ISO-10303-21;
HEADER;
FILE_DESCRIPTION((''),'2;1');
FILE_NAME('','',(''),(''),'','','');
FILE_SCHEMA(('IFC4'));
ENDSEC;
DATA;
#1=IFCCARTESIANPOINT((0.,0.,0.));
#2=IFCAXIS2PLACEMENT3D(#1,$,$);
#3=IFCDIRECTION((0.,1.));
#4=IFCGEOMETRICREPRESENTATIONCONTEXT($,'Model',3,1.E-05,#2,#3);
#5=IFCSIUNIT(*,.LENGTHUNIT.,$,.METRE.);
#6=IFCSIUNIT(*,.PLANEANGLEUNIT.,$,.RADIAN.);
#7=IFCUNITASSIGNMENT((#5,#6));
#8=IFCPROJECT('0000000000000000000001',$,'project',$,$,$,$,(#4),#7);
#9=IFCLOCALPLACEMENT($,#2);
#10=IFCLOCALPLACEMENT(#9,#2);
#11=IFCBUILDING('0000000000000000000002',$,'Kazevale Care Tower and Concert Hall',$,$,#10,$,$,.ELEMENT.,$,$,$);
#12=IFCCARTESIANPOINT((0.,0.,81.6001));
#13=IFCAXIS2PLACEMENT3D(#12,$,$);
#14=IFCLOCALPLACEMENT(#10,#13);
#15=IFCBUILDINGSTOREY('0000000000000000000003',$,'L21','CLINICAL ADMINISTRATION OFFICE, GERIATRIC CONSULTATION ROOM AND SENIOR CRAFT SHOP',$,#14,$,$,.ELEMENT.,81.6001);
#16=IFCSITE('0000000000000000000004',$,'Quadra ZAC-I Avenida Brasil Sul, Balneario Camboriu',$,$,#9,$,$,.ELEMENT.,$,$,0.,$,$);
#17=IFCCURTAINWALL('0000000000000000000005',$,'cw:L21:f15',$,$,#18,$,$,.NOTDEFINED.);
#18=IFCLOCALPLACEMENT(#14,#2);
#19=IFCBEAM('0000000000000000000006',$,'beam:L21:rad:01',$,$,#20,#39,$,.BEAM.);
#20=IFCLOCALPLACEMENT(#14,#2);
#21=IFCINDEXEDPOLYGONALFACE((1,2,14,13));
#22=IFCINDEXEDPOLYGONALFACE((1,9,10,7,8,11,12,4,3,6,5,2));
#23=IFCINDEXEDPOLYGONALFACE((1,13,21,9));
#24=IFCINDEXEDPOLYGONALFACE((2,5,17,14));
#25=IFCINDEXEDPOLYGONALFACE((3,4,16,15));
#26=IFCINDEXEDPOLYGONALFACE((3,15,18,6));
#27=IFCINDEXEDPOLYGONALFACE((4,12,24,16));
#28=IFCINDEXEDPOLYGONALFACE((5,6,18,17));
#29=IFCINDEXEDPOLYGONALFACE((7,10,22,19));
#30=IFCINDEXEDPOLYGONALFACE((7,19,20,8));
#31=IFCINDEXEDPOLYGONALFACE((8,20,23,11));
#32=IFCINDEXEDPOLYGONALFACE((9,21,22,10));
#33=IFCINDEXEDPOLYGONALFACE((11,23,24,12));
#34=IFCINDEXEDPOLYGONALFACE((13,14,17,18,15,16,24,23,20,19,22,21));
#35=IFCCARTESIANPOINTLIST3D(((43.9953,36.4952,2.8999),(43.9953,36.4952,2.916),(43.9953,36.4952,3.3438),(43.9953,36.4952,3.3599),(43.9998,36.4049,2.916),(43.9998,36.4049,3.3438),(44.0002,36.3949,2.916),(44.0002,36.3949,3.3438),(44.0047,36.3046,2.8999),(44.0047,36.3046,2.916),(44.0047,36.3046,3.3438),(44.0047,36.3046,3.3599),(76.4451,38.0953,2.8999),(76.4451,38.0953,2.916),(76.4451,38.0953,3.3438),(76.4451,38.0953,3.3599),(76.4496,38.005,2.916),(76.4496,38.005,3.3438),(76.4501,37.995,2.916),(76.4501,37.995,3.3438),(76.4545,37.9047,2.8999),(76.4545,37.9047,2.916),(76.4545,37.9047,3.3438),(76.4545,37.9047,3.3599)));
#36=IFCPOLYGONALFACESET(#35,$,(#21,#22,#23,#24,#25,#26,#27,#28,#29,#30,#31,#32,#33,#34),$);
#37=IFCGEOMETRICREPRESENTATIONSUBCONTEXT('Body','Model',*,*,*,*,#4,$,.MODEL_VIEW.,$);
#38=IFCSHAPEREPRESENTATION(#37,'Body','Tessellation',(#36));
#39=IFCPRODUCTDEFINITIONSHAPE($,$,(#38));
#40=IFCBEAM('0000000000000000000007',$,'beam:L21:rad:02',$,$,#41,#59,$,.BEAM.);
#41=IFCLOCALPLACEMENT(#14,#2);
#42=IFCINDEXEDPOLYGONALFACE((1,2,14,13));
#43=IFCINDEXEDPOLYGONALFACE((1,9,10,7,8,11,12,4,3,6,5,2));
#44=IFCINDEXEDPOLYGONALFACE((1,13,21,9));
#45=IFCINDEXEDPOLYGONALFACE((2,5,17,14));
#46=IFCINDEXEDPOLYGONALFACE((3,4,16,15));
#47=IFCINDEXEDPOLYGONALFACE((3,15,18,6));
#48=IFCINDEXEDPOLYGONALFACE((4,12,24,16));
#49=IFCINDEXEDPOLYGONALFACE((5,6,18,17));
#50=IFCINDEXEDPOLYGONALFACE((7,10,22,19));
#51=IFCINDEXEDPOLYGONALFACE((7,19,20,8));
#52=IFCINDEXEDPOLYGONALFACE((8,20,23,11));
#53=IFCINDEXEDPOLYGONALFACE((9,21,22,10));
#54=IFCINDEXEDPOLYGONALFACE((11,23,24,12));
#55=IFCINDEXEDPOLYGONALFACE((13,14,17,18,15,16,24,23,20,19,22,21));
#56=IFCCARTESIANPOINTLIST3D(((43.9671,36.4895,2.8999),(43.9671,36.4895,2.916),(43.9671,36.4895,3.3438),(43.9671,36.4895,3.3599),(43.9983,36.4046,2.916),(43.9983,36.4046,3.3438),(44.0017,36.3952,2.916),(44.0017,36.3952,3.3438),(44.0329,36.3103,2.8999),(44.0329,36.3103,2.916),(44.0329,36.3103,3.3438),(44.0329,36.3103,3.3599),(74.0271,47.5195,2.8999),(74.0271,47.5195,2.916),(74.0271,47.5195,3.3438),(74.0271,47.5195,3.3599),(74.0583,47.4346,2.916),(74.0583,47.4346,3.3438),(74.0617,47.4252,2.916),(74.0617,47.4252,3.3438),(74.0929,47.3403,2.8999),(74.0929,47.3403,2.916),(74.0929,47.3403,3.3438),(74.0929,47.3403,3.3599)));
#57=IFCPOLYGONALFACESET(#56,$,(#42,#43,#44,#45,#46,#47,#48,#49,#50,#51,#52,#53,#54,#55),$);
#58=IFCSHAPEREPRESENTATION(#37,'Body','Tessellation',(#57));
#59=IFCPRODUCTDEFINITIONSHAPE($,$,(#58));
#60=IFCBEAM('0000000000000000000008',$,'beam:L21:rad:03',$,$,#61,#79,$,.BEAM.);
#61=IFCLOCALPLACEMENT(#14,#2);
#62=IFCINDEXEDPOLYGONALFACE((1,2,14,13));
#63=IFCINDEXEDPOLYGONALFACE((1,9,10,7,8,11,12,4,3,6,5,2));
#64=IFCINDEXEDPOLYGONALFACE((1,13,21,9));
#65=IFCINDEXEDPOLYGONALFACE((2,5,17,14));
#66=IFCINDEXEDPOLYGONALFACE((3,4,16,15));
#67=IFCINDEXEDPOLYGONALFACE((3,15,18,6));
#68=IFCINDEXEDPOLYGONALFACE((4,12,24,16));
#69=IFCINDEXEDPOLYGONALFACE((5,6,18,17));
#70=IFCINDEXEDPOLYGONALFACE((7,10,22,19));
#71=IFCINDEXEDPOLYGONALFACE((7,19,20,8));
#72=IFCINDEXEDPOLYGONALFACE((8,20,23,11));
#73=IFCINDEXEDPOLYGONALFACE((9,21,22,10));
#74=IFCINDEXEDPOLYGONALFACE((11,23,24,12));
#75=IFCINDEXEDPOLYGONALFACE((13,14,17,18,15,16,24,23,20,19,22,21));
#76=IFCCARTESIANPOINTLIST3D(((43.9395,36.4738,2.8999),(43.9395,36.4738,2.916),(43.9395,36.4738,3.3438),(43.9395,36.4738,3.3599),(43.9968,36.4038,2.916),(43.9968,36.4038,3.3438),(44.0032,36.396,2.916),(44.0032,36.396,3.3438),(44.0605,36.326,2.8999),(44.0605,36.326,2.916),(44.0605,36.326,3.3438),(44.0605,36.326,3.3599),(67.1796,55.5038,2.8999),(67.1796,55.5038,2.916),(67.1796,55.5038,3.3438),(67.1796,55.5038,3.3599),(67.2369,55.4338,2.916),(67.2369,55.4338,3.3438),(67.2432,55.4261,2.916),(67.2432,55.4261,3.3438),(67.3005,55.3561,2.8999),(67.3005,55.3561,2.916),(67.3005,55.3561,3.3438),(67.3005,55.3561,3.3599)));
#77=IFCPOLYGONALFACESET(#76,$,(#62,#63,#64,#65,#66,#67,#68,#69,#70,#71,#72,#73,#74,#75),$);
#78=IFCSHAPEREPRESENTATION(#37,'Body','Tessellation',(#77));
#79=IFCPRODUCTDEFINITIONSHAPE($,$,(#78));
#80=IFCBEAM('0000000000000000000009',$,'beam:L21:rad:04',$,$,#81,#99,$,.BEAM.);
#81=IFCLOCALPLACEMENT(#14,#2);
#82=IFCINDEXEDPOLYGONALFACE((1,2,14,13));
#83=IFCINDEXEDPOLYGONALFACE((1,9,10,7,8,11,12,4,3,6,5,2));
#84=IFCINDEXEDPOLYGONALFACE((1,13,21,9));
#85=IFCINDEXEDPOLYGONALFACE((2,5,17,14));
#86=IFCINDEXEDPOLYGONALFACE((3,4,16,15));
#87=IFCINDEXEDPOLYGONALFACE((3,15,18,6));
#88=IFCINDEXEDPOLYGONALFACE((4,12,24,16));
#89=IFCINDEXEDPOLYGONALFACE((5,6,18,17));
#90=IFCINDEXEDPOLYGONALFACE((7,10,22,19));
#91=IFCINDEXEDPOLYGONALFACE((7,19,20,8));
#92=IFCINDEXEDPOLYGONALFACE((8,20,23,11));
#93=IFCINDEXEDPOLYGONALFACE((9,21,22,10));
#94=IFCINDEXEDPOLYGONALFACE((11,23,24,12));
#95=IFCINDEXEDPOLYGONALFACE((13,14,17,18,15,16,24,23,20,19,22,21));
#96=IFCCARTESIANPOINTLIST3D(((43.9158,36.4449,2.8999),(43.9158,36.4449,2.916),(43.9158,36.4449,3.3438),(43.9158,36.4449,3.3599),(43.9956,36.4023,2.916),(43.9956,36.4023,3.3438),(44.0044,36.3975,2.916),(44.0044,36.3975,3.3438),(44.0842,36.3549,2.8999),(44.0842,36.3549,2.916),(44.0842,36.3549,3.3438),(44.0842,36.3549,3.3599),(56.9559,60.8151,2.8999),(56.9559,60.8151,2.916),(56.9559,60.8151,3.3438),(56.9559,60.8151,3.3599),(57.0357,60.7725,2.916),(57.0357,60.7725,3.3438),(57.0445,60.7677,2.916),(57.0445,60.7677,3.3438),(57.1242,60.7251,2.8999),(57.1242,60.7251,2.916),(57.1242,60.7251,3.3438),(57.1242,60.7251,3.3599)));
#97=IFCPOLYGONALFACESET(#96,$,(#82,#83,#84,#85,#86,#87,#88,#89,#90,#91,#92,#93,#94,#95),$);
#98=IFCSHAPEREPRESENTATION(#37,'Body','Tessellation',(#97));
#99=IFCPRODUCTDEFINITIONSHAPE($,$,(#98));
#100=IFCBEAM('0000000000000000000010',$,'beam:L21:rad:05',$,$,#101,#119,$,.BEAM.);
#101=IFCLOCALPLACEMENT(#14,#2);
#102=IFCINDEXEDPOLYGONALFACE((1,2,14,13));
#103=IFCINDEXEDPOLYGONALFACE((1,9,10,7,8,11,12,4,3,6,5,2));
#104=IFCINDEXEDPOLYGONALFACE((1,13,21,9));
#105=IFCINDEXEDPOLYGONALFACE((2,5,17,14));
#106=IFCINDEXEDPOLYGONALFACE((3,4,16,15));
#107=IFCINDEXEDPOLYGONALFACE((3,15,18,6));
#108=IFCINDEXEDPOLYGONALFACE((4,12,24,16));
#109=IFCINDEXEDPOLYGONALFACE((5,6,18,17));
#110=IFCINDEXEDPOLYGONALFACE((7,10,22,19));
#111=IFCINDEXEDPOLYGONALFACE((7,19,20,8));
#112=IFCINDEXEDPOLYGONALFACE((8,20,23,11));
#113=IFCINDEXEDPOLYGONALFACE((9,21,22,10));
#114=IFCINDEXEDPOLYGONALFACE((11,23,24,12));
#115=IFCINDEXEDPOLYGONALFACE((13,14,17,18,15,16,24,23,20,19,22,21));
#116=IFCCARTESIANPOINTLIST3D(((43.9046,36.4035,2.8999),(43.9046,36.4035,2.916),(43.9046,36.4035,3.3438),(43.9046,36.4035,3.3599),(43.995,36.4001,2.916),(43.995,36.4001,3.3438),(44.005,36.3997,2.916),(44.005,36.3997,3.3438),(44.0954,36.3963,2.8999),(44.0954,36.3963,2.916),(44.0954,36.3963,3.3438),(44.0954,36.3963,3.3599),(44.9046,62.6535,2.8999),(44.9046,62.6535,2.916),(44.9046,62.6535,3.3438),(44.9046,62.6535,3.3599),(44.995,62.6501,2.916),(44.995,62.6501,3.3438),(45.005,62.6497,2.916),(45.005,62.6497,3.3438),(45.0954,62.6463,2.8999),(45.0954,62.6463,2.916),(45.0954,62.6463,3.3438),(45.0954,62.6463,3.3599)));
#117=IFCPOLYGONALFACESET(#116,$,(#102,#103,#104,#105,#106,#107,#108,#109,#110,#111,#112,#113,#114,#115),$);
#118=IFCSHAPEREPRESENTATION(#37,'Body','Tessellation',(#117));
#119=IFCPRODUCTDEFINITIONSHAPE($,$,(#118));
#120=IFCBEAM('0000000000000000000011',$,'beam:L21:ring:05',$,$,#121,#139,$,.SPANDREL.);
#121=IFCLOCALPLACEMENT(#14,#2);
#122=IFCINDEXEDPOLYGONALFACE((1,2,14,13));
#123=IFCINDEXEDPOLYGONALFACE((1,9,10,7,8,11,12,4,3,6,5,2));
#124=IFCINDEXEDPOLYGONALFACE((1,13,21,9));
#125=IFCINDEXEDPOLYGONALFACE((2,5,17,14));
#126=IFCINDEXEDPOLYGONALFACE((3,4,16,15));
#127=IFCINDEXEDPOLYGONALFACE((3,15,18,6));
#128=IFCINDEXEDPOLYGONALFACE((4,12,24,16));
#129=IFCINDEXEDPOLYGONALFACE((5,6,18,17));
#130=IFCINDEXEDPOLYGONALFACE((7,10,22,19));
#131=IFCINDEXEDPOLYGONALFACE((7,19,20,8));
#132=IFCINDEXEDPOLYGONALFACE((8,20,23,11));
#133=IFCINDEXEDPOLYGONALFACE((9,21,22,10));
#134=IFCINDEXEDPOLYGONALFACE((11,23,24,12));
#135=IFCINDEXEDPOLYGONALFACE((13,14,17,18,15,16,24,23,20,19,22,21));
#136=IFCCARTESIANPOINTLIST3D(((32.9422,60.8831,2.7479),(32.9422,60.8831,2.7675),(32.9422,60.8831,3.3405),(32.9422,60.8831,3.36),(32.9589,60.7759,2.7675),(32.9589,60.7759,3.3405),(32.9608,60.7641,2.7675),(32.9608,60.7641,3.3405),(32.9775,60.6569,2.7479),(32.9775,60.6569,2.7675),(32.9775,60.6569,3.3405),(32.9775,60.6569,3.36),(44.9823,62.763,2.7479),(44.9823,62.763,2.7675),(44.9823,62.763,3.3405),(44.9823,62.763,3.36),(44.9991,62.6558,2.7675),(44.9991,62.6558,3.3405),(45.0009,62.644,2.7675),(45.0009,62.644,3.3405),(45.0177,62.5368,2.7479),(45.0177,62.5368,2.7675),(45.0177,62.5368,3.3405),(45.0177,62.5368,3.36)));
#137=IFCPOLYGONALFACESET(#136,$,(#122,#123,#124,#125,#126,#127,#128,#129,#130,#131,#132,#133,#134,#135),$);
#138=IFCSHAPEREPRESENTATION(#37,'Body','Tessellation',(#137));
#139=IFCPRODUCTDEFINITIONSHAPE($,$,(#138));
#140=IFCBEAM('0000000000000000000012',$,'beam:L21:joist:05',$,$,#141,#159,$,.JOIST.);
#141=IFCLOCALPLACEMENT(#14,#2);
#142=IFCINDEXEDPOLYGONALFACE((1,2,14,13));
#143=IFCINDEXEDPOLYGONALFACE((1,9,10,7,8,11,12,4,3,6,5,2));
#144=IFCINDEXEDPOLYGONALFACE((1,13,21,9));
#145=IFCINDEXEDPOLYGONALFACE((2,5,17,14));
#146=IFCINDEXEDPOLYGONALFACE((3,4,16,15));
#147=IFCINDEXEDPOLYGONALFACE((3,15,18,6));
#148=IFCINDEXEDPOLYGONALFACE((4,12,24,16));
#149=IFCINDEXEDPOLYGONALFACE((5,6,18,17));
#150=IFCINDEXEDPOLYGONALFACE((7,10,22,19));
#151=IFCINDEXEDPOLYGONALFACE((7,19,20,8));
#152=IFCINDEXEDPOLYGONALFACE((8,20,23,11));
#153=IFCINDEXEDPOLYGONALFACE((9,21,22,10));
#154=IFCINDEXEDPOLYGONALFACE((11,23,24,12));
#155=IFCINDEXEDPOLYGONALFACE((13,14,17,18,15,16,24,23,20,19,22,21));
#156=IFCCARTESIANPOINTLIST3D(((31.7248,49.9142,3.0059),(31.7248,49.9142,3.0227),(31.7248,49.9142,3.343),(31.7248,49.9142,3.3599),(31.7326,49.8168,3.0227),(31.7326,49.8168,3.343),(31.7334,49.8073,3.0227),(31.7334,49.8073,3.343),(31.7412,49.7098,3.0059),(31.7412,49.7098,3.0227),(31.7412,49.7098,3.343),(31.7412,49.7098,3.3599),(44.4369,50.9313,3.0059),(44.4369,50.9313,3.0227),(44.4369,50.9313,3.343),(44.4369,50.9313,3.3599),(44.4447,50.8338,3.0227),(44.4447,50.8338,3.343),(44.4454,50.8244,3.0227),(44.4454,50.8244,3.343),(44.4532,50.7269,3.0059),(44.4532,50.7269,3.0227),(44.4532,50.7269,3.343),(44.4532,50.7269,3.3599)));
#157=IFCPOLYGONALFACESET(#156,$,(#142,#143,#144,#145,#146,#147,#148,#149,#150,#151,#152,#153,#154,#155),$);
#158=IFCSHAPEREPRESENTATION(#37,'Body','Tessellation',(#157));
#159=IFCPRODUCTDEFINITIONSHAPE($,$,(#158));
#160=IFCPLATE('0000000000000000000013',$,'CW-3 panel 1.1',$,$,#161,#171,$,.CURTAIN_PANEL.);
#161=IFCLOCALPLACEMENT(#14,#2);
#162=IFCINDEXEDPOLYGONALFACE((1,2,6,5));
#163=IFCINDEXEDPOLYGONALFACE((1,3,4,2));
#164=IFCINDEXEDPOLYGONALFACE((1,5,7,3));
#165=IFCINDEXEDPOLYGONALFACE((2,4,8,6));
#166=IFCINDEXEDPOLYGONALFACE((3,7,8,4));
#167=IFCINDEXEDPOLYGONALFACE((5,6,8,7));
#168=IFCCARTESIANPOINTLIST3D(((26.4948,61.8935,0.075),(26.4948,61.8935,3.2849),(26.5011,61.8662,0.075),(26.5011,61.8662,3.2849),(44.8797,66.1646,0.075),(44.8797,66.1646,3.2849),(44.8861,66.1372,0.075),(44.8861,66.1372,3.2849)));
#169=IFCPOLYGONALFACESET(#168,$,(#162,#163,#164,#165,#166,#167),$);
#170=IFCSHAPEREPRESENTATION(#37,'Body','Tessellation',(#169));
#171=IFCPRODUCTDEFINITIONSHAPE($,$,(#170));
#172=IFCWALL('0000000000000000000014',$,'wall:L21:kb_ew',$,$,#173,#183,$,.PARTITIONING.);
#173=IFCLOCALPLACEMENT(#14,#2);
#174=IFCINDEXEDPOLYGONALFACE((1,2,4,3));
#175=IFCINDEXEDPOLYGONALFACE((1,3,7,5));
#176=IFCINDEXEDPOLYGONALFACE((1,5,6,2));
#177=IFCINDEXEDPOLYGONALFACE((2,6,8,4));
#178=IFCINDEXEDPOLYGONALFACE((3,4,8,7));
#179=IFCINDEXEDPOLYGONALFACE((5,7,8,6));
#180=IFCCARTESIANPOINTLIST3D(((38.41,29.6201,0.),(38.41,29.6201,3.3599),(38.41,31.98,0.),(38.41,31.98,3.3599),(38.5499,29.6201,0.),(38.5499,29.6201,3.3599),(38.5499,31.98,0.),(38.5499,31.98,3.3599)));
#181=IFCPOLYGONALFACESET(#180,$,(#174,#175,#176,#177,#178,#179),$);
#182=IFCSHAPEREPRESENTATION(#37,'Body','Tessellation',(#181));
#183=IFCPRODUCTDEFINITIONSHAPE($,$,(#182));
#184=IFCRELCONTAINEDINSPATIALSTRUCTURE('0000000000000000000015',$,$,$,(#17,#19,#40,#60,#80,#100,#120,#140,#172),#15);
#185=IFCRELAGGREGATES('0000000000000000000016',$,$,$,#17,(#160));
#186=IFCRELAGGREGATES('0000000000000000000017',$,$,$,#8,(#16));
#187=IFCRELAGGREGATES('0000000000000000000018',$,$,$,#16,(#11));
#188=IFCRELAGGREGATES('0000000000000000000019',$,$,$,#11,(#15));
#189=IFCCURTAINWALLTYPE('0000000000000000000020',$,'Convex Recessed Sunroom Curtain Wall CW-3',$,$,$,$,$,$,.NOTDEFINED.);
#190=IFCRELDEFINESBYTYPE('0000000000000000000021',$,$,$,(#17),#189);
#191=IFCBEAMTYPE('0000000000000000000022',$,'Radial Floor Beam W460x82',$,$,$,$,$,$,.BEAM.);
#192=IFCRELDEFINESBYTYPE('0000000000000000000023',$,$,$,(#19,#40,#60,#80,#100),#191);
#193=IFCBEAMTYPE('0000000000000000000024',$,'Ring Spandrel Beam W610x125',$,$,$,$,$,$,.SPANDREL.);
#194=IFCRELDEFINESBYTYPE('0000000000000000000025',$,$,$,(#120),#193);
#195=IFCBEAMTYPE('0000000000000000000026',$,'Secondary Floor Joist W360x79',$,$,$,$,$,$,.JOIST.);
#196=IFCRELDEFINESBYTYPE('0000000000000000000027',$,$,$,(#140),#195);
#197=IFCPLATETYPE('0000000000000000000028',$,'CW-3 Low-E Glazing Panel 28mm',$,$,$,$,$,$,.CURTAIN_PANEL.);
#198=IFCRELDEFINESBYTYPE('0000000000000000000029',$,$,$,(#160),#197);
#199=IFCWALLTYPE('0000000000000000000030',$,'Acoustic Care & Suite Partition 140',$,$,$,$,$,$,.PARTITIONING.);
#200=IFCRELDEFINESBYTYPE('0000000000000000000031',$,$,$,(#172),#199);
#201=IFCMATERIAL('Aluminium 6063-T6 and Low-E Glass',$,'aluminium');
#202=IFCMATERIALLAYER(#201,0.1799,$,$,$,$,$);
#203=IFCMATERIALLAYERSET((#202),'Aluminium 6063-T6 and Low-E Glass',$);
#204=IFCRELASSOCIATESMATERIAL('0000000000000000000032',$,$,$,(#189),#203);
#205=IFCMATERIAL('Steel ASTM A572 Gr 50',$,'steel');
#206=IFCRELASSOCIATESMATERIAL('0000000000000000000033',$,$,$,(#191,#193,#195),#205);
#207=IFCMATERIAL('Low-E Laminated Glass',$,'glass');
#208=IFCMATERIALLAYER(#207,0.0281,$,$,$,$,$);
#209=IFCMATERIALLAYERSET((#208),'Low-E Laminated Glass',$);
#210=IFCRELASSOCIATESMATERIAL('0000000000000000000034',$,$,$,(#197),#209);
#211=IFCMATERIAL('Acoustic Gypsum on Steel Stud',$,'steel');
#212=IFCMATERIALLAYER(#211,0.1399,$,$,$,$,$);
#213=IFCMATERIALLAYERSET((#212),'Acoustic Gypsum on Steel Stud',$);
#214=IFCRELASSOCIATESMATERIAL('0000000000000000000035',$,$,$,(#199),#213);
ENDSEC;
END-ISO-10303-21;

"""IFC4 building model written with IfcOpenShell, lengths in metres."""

from ifc_helpers import new_model, si_unit, direction, frame, frame_2d, origin, origin_2d, place, context, subcontext, project, spatial, rectangle, i_section, extrude, material, layer, layer_set, material_profile, profile_set, type_object, element, aggregate, save


model = new_model("IFC4")

# Units and contexts
model_context = context("Model", 3, precision=1e-05, world=origin(), true_north=direction((0.0, 1.0)))
body_context = subcontext(model_context, "Body", "Model", "MODEL_VIEW")
ifc_project = project(units=[si_unit("LENGTHUNIT", "METRE"), si_unit("PLANEANGLEUNIT", "RADIAN")], contexts=[model_context])

# Site, building, storey
site_placement = place(None, origin())
site = spatial("IfcSite", under=ifc_project, at=site_placement, Name="Quadra ZAC-I Avenida Brasil Sul, Balneario Camboriu", CompositionType="ELEMENT", RefElevation=0.0)
building_placement = place(site_placement, origin())
building = spatial("IfcBuilding", under=site, at=building_placement, Name="Kazevale Care Tower and Concert Hall", CompositionType="ELEMENT")
storey_placement = place(building_placement, frame((0.0, 0.0, 81.6001)))
storey = spatial("IfcBuildingStorey", under=building, at=storey_placement, Name="L21", Description="CLINICAL ADMINISTRATION OFFICE, GERIATRIC CONSULTATION ROOM AND SENIOR CRAFT SHOP", CompositionType="ELEMENT", Elevation=81.6001)

# Shared definitions
ifc_material_1 = material(Name="Aluminium 6063-T6 and Low-E Glass", Category="aluminium")

# Curtain wall
ifc_layer_1 = layer(ifc_material_1, 0.1799)
ifc_layer_set_1 = layer_set([ifc_layer_1], Name="Aluminium 6063-T6 and Low-E Glass")
curtain_wall_type_1 = type_object("IfcCurtainWallType", Name="Convex Recessed Sunroom Curtain Wall CW-3", PredefinedType="NOTDEFINED", material=ifc_layer_set_1)
curtain_wall_1_placement = place(storey_placement, origin())
curtain_wall_1 = element("IfcCurtainWall", 1, at=curtain_wall_1_placement, inside=storey, type_object=curtain_wall_type_1, Name="cw:L21:f15", PredefinedType="NOTDEFINED")

# Beams
ifc_material_2 = material(Name="Steel ASTM A572 Gr 50", Category="steel")
ifc_material_profile_1 = material_profile(ifc_material_2, i_section(OverallWidth=0.1909, OverallDepth=0.46, WebThickness=0.01, FlangeThickness=0.0161, at=origin_2d()), Name="W460x82")
ifc_profile_set_1 = profile_set([ifc_material_profile_1], Name="Steel ASTM A572 Gr 50")
beam_type_1 = type_object("IfcBeamType", Name="Radial Floor Beam W460x82", PredefinedType="BEAM", material=ifc_profile_set_1)
beam_1_placement = place(storey_placement, frame((44.0, 36.3999, 3.1299), z_axis=(0.998786, 0.04925, 0.0), x_axis=(-0.04925, 0.998786, 0.0)))
element("IfcBeam", 2, at=beam_1_placement, inside=storey, type_object=beam_type_1, Name="beam:L21:rad:01", PredefinedType="BEAM", context=body_context, shape_type="SweptSolid", body=[
    extrude(i_section(OverallWidth=0.1909, OverallDepth=0.46, WebThickness=0.01, FlangeThickness=0.0161, at=origin_2d()), origin(), (0.0, 0.0, 1.0), 32.4893),
])
beam_2_placement = place(storey_placement, frame((44.0, 36.3999, 3.1299), z_axis=(0.938795, 0.344475, 0.0), x_axis=(-0.344475, 0.938795, 0.0)))
element("IfcBeam", 3, at=beam_2_placement, inside=storey, type_object=beam_type_1, Name="beam:L21:rad:02", PredefinedType="BEAM", context=body_context, shape_type="SweptSolid", body=[
    extrude(i_section(OverallWidth=0.1909, OverallDepth=0.46, WebThickness=0.01, FlangeThickness=0.0161, at=origin_2d()), origin(), (0.0, 0.0, 1.0), 32.0198),
])
beam_3_placement = place(storey_placement, frame((44.0, 36.3999, 3.1299), z_axis=(0.773704, 0.633547, 0.0), x_axis=(-0.633547, 0.773704, 0.0)))
element("IfcBeam", 4, at=beam_3_placement, inside=storey, type_object=beam_type_1, Name="beam:L21:rad:03", PredefinedType="BEAM", context=body_context, shape_type="SweptSolid", body=[
    extrude(i_section(OverallWidth=0.1909, OverallDepth=0.46, WebThickness=0.01, FlangeThickness=0.0161, at=origin_2d()), origin(), (0.0, 0.0, 1.0), 30.0374),
])
beam_4_placement = place(storey_placement, frame((44.0, 36.3999, 3.1299), z_axis=(0.471789, 0.881712, 0.0), x_axis=(-0.881712, 0.471789, 0.0)))
element("IfcBeam", 5, at=beam_4_placement, inside=storey, type_object=beam_type_1, Name="beam:L21:rad:04", PredefinedType="BEAM", context=body_context, shape_type="SweptSolid", body=[
    extrude(i_section(OverallWidth=0.1909, OverallDepth=0.46, WebThickness=0.01, FlangeThickness=0.0161, at=origin_2d()), origin(), (0.0, 0.0, 1.0), 27.6396),
])
beam_5_placement = place(storey_placement, frame((44.0, 36.3999, 3.1299), z_axis=(0.038068, 0.999275, 0.0), x_axis=(-0.999275, 0.038068, 0.0)))
element("IfcBeam", 6, at=beam_5_placement, inside=storey, type_object=beam_type_1, Name="beam:L21:rad:05", PredefinedType="BEAM", context=body_context, shape_type="SweptSolid", body=[
    extrude(i_section(OverallWidth=0.1909, OverallDepth=0.46, WebThickness=0.01, FlangeThickness=0.0161, at=origin_2d()), origin(), (0.0, 0.0, 1.0), 26.269),
])
ifc_material_profile_2 = material_profile(ifc_material_2, i_section(OverallWidth=0.229, OverallDepth=0.6121, WebThickness=0.012, FlangeThickness=0.0195, at=origin_2d()), Name="W610x125")
ifc_profile_set_2 = profile_set([ifc_material_profile_2], Name="Steel ASTM A572 Gr 50")
beam_type_2 = type_object("IfcBeamType", Name="Ring Spandrel Beam W610x125", PredefinedType="SPANDREL", material=ifc_profile_set_2)
beam_6_placement = place(storey_placement, frame((45.0, 62.6499, 3.054), z_axis=(-0.988029, -0.154267, 0.0), x_axis=(0.154267, -0.988029, 0.0)))
element("IfcBeam", 7, at=beam_6_placement, inside=storey, type_object=beam_type_2, Name="beam:L21:ring:05", PredefinedType="SPANDREL", context=body_context, shape_type="SweptSolid", body=[
    extrude(i_section(OverallWidth=0.229, OverallDepth=0.6121, WebThickness=0.012, FlangeThickness=0.0195, at=origin_2d()), origin(), (0.0, 0.0, 1.0), 12.186),
])
ifc_material_profile_3 = material_profile(ifc_material_2, i_section(OverallWidth=0.2051, OverallDepth=0.354, WebThickness=0.0095, FlangeThickness=0.0168, at=origin_2d()), Name="W360x79")
ifc_profile_set_3 = profile_set([ifc_material_profile_3], Name="Steel ASTM A572 Gr 50")
beam_type_3 = type_object("IfcBeamType", Name="Secondary Floor Joist W360x79", PredefinedType="JOIST", material=ifc_profile_set_3)
beam_7_placement = place(storey_placement, frame((44.4451, 50.8291, 3.1829), z_axis=(-0.996815, -0.079754, 0.0), x_axis=(0.079754, -0.996815, 0.0)))
element("IfcBeam", 8, at=beam_7_placement, inside=storey, type_object=beam_type_3, Name="beam:L21:joist:05", PredefinedType="JOIST", context=body_context, shape_type="SweptSolid", body=[
    extrude(i_section(OverallWidth=0.2051, OverallDepth=0.354, WebThickness=0.0095, FlangeThickness=0.0168, at=origin_2d()), origin(), (0.0, 0.0, 1.0), 12.7527),
])

# Plate
ifc_material_3 = material(Name="Low-E Laminated Glass", Category="glass")
ifc_layer_2 = layer(ifc_material_3, 0.0281)
ifc_layer_set_2 = layer_set([ifc_layer_2], Name="Low-E Laminated Glass")
plate_type = type_object("IfcPlateType", Name="CW-3 Low-E Glazing Panel 28mm", PredefinedType="CURTAIN_PANEL", material=ifc_layer_set_2)
plate_placement = place(storey_placement, frame((35.6904, 64.0154, 0.075), z_axis=(0.0, 0.0, 1.0), x_axis=(0.974061, 0.226287, 0.0)))
plate = element("IfcPlate", 9, at=plate_placement, type_object=plate_type, Name="CW-3 panel 1.1", PredefinedType="CURTAIN_PANEL", context=body_context, shape_type="SweptSolid", body=[
    extrude(rectangle(XDim=18.8745, YDim=0.0281, at=origin_2d()), origin(), (0.0, 0.0, 1.0), 3.21),
])
aggregate(curtain_wall_1, [plate])

# Wall
ifc_material_4 = material(Name="Acoustic Gypsum on Steel Stud", Category="steel")
ifc_layer_3 = layer(ifc_material_4, 0.1399)
ifc_layer_set_3 = layer_set([ifc_layer_3], Name="Acoustic Gypsum on Steel Stud")
wall_type_1 = type_object("IfcWallType", Name="Acoustic Care & Suite Partition 140", PredefinedType="PARTITIONING", material=ifc_layer_set_3)
for number, where, z_axis, x_axis, name in (
    (10, (38.48, 29.6201, 0.0), (0.0, 0.0, 1.0), (0.0, 1.0, 0.0), "wall:L21:kb_ew"),
):
    element("IfcWall", number, at=place(storey_placement, frame(where, z_axis=z_axis, x_axis=x_axis)), inside=storey, type_object=wall_type_1, Name=name, PredefinedType="PARTITIONING", context=body_context, shape_type="SweptSolid", body=[
        extrude(rectangle(XDim=2.3599, YDim=0.1399, at=frame_2d((1.1799, 0.0))), origin(), (0.0, 0.0, 1.0), 3.3599),
    ])

save(model, "model.ifc")
